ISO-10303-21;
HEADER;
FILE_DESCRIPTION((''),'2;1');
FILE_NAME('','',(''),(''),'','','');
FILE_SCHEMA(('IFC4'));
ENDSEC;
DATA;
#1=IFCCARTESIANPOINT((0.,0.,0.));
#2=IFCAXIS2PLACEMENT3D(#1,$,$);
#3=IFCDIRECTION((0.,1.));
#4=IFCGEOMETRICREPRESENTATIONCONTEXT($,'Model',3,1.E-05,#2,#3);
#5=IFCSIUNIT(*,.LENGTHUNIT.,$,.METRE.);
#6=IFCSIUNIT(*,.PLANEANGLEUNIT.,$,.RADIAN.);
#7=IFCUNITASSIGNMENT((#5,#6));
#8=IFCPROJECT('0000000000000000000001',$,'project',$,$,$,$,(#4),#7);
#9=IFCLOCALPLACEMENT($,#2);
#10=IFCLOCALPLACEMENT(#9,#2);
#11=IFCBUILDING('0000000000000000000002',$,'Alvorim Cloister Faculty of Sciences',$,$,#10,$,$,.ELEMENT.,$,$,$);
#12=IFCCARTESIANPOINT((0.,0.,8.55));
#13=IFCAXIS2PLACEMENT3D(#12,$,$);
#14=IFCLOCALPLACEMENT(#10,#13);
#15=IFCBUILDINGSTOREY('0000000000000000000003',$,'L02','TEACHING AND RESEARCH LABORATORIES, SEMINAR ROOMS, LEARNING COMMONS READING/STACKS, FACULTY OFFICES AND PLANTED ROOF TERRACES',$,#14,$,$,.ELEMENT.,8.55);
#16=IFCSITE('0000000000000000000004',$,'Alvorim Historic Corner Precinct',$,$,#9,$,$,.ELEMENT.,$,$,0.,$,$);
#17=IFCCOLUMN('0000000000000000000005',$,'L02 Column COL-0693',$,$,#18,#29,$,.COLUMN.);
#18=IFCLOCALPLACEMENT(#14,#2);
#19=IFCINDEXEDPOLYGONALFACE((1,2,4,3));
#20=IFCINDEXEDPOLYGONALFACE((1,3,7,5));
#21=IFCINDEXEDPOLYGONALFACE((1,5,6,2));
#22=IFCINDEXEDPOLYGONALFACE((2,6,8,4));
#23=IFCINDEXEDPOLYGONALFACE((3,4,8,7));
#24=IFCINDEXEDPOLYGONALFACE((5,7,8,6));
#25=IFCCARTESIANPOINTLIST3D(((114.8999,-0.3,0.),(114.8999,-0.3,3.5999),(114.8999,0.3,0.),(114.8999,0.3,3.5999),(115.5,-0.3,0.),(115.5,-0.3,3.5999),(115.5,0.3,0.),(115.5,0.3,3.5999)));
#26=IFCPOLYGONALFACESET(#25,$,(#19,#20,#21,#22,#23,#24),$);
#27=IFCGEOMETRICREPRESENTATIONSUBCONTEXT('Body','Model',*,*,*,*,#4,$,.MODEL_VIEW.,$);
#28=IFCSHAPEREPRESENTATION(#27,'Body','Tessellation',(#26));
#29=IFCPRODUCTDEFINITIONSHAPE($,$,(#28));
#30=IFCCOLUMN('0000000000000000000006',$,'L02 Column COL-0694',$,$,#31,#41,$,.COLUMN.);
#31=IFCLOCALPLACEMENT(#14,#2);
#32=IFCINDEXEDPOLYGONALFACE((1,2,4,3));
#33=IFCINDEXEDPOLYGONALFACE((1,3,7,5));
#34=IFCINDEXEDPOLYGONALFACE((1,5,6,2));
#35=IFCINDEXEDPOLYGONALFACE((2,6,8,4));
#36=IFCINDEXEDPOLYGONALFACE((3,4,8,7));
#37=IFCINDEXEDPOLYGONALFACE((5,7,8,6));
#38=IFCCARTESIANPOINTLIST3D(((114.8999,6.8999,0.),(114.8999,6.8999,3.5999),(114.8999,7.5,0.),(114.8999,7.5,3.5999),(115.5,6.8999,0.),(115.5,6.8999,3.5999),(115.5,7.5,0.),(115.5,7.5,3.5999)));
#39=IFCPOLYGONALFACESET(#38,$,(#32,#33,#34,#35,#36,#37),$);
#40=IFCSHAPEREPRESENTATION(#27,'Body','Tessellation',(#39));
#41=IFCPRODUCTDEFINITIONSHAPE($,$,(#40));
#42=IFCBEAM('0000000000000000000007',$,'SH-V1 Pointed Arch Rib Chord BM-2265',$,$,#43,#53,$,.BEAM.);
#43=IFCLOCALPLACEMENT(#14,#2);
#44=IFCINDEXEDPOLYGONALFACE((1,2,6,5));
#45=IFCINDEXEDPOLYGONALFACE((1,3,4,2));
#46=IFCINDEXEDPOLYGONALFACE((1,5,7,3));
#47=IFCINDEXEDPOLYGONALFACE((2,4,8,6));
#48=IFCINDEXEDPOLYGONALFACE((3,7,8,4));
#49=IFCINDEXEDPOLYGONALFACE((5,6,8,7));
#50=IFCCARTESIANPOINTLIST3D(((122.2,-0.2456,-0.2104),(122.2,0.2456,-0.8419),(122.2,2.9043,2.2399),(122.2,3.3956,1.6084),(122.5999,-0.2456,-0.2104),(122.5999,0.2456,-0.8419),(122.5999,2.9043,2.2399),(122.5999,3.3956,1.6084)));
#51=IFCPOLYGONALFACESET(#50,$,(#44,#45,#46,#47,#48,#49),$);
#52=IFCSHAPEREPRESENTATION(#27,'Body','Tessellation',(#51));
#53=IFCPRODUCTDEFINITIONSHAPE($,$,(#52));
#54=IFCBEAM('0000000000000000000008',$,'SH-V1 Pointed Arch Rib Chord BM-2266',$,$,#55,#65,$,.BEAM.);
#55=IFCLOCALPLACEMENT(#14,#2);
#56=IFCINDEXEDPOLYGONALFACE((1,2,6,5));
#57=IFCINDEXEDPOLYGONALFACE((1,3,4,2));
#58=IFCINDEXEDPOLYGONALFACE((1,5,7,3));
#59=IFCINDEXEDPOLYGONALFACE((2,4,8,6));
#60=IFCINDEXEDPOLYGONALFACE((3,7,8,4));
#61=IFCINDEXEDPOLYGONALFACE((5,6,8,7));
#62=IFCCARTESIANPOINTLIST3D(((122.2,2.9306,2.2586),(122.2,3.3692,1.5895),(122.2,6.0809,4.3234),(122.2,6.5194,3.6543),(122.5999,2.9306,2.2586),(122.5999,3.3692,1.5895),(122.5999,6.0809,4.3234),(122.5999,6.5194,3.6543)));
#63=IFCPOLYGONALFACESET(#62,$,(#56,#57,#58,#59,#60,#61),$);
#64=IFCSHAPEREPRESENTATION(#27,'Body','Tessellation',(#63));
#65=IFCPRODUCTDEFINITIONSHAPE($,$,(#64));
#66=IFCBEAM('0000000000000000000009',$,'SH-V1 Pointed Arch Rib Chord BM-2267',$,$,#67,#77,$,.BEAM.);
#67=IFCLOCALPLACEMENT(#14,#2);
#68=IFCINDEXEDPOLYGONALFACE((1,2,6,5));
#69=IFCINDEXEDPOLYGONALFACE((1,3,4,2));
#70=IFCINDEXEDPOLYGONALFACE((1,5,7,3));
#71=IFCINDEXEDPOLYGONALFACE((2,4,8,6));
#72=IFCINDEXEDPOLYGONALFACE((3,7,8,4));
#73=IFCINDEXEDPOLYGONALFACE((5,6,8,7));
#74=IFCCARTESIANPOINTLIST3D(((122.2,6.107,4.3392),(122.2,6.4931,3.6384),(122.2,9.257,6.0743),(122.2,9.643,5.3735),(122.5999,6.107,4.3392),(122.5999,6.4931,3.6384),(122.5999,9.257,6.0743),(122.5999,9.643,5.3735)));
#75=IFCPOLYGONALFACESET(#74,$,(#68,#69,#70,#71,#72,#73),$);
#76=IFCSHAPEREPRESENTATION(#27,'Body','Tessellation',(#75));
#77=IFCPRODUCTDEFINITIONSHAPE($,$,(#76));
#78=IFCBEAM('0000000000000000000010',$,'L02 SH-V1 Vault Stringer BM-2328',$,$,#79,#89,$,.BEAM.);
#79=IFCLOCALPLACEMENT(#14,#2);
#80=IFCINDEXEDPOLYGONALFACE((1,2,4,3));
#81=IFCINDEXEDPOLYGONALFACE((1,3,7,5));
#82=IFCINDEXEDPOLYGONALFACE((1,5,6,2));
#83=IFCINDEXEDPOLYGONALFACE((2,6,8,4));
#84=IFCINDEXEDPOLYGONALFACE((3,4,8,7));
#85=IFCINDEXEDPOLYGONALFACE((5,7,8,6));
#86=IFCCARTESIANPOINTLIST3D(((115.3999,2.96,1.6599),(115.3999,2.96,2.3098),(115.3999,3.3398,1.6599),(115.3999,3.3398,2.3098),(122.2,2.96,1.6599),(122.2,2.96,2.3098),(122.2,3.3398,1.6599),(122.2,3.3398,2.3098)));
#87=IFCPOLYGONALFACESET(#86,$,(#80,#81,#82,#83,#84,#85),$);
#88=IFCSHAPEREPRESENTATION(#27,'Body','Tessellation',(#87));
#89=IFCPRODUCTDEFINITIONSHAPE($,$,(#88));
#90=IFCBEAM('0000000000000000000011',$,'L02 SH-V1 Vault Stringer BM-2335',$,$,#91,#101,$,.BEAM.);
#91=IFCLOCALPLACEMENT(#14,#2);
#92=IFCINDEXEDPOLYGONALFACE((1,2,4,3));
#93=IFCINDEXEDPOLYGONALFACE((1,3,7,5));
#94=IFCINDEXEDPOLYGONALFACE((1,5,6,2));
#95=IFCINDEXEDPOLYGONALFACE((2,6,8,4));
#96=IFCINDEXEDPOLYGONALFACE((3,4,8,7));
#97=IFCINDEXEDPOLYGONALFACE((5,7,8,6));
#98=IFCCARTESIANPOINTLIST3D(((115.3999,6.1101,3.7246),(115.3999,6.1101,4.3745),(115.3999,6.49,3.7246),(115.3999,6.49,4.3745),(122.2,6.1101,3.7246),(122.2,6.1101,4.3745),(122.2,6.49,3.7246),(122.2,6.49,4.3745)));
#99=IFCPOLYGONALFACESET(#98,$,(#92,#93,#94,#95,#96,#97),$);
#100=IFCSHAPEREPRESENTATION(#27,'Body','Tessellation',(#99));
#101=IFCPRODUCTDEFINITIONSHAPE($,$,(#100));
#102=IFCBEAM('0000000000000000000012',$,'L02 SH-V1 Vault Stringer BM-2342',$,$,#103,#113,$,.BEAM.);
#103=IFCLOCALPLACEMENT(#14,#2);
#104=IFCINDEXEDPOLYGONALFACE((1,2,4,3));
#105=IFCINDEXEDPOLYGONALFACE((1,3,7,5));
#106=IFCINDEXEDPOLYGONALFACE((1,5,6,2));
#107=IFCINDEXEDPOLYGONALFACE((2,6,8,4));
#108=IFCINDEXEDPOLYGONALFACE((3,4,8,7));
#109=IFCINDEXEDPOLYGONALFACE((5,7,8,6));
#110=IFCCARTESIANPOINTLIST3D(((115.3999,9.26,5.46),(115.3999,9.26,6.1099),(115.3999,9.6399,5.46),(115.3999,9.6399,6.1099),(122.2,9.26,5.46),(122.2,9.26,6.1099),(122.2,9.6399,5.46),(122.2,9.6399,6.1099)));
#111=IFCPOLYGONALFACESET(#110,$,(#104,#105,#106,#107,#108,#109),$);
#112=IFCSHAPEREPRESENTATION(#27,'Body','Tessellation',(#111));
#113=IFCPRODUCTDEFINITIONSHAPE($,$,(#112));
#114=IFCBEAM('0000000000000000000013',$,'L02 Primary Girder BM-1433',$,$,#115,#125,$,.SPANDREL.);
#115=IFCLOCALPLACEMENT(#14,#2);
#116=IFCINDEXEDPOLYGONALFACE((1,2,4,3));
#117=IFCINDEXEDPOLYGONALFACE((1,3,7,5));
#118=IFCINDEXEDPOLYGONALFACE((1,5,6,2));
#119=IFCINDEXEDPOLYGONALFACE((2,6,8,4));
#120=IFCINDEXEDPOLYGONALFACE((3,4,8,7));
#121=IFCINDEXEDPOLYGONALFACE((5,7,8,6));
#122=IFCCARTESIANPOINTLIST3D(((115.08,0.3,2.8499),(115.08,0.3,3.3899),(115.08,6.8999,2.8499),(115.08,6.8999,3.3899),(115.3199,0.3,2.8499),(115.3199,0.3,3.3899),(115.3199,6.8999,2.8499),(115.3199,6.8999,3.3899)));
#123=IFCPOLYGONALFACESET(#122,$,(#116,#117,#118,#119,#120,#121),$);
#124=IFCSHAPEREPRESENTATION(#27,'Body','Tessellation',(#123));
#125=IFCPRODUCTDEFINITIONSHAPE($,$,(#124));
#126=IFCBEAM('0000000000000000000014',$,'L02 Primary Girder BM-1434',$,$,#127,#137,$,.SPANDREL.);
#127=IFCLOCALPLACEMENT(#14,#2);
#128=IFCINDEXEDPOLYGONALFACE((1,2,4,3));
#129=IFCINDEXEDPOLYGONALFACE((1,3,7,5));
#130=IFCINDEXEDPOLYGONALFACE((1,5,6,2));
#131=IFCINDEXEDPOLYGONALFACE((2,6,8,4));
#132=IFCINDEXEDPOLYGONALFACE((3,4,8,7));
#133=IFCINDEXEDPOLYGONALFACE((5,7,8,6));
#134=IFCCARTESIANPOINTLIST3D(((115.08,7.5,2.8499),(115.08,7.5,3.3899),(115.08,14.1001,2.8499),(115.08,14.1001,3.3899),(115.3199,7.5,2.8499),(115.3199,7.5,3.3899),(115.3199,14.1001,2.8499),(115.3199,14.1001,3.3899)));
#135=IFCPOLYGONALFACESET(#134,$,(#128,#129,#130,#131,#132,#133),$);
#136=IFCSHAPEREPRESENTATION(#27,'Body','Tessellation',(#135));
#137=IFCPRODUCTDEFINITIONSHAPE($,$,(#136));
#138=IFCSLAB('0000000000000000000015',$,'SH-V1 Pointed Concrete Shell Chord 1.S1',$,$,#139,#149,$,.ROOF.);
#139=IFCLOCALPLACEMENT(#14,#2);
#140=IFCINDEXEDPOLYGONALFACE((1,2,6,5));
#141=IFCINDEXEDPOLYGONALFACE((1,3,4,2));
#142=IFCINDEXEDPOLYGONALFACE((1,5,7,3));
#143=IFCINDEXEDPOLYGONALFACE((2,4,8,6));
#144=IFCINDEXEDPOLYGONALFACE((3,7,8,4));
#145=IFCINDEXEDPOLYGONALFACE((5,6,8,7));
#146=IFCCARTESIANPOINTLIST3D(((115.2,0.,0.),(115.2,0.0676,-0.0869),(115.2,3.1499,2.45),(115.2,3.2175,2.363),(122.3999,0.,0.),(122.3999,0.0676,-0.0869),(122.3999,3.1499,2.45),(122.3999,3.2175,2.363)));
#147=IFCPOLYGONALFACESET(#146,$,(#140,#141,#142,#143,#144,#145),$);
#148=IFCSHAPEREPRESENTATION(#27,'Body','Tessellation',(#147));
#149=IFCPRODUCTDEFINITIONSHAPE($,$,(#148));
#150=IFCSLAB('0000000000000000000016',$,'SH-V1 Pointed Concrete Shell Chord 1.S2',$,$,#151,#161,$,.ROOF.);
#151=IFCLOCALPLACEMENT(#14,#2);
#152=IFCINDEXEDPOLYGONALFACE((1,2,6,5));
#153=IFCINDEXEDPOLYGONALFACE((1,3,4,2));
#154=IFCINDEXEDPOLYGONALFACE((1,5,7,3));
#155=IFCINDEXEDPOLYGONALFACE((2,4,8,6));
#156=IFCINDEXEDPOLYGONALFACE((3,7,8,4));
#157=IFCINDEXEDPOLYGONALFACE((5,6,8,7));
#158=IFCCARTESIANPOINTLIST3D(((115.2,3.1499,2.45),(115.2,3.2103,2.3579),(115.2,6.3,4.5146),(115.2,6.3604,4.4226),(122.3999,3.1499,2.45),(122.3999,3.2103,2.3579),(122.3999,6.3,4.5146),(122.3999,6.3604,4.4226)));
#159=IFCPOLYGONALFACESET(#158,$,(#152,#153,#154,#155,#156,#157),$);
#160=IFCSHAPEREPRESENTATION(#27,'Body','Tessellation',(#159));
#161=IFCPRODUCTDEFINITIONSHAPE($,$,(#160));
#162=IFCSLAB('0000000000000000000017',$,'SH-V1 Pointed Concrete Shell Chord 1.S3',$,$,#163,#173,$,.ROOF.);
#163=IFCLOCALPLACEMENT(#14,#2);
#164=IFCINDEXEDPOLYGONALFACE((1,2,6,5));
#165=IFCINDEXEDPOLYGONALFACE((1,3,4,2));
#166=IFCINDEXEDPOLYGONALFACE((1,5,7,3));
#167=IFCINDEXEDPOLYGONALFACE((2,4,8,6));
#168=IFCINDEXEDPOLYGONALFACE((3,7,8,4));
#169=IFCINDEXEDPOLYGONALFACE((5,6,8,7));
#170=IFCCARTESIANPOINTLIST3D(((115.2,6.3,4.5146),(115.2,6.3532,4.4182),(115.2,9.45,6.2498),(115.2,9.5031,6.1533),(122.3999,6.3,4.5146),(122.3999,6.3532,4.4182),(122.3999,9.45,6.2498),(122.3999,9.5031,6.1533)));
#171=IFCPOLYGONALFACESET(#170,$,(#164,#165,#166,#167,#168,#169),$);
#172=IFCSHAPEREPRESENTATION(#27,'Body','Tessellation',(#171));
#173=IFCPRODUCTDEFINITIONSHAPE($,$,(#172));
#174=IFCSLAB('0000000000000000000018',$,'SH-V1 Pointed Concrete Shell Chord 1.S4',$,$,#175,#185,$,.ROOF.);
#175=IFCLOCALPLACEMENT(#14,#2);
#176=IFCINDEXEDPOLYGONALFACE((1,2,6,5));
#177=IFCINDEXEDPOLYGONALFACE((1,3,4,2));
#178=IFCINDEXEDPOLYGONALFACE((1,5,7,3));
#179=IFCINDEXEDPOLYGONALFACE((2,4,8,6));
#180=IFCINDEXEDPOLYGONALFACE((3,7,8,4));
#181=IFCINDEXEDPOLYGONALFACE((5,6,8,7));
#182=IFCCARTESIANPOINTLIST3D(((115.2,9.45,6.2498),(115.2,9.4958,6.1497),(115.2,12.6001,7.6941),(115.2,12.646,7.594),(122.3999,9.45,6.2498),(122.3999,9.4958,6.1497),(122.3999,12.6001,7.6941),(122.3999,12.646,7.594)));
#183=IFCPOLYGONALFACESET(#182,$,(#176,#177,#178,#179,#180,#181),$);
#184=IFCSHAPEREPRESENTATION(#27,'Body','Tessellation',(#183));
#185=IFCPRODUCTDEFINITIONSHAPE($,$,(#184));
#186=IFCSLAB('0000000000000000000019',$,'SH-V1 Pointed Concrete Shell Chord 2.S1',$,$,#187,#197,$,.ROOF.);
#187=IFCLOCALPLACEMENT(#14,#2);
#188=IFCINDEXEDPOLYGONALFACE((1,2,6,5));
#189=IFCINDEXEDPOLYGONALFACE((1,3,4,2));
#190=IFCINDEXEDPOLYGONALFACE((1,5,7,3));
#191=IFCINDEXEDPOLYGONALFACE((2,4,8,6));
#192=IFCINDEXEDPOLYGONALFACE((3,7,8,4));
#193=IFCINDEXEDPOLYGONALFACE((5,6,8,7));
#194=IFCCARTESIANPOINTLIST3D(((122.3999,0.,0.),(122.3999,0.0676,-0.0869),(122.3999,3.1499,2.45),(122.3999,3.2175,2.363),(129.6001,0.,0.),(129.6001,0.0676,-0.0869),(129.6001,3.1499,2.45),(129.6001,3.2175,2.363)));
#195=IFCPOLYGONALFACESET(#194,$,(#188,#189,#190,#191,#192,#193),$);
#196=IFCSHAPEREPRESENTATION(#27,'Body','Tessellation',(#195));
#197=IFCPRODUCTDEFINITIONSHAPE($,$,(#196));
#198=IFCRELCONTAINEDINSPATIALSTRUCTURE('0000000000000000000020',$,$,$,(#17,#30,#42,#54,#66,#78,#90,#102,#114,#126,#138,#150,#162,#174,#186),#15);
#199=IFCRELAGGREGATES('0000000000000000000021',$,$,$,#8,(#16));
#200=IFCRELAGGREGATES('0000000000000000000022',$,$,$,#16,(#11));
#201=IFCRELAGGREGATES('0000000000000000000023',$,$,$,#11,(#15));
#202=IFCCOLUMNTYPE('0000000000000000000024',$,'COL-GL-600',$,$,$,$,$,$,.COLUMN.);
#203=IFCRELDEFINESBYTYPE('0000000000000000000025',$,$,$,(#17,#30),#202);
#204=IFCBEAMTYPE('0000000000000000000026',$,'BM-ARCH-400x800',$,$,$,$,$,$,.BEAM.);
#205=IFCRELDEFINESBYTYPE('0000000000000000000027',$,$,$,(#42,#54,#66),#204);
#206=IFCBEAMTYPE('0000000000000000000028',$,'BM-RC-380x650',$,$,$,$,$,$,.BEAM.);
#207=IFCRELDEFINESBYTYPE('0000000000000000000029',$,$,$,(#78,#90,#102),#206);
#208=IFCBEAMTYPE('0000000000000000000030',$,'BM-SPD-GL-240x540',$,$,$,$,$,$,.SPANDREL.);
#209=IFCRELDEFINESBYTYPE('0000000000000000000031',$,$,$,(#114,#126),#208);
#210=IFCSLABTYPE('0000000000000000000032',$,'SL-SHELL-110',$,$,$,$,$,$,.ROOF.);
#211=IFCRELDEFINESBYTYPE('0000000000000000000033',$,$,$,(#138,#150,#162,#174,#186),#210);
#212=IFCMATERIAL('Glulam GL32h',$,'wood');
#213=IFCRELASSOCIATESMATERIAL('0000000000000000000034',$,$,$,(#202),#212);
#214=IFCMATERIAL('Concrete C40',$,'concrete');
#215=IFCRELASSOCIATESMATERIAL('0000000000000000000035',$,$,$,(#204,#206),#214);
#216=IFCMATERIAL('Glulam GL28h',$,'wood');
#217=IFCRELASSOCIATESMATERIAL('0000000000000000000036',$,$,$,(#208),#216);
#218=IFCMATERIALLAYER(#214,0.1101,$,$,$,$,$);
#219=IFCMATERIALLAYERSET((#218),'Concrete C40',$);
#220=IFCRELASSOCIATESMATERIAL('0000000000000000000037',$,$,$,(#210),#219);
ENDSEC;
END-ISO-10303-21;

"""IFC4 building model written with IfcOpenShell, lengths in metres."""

from ifc_helpers import new_model, si_unit, direction, frame, origin, origin_2d, place, context, subcontext, project, spatial, polyline, rectangle, outline, extrude, material, layer, layer_set, material_profile, profile_set, type_object, element, save


model = new_model("IFC4")

# Units and contexts
model_context = context("Model", 3, precision=1e-05, world=origin(), true_north=direction((0.0, 1.0)))
body_context = subcontext(model_context, "Body", "Model", "MODEL_VIEW")
ifc_project = project(units=[si_unit("LENGTHUNIT", "METRE"), si_unit("PLANEANGLEUNIT", "RADIAN")], contexts=[model_context])

# Site, building, storey
site_placement = place(None, origin())
site = spatial("IfcSite", under=ifc_project, at=site_placement, Name="Alvorim Historic Corner Precinct", CompositionType="ELEMENT", RefElevation=0.0)
building_placement = place(site_placement, origin())
building = spatial("IfcBuilding", under=site, at=building_placement, Name="Alvorim Cloister Faculty of Sciences", CompositionType="ELEMENT")
storey_placement = place(building_placement, frame((0.0, 0.0, 8.55)))
storey = spatial("IfcBuildingStorey", under=building, at=storey_placement, Name="L02", Description="TEACHING AND RESEARCH LABORATORIES, SEMINAR ROOMS, LEARNING COMMONS READING/STACKS, FACULTY OFFICES AND PLANTED ROOF TERRACES", CompositionType="ELEMENT", Elevation=8.55)

# Columns
ifc_material_1 = material(Name="Glulam GL32h", Category="wood")
ifc_material_profile_1 = material_profile(ifc_material_1, rectangle(XDim=0.6001, YDim=0.6001, at=origin_2d()), Name="GL32-COL-600x600")
ifc_profile_set_1 = profile_set([ifc_material_profile_1], Name="Glulam GL32h")
column_type = type_object("IfcColumnType", Name="COL-GL-600", PredefinedType="COLUMN", material=ifc_profile_set_1)
for number, where, z_axis, x_axis, name in (
    (1, (115.2, 0.0, 0.0), (0.0, 0.0, 1.0), (1.0, 0.0, 0.0), "L02 Column COL-0693"),
    (2, (115.2, 7.2, 0.0), (0.0, 0.0, 1.0), (1.0, 0.0, 0.0), "L02 Column COL-0694"),
):
    element("IfcColumn", number, at=place(storey_placement, frame(where, z_axis=z_axis, x_axis=x_axis)), inside=storey, type_object=column_type, Name=name, PredefinedType="COLUMN", context=body_context, shape_type="SweptSolid", body=[
        extrude(rectangle(XDim=0.6001, YDim=0.6001, at=origin_2d()), origin(), (0.0, 0.0, 1.0), 3.5999),
    ])

# Beams
ifc_material_2 = material(Name="Concrete C40", Category="concrete")
ifc_material_profile_2 = material_profile(ifc_material_2, rectangle(XDim=0.3999, YDim=0.8, at=origin_2d()), Name="RC40-ARCH-400x800")
ifc_profile_set_2 = profile_set([ifc_material_profile_2], Name="Concrete C40")
beam_type_1 = type_object("IfcBeamType", Name="BM-ARCH-400x800", PredefinedType="BEAM", material=ifc_profile_set_2)
beam_1_placement = place(storey_placement, frame((122.3999, 0.0, -0.5261), z_axis=(0.0, 0.789319, 0.613983), x_axis=(-1.0, 0.0, 0.0)))
element("IfcBeam", 3, at=beam_1_placement, inside=storey, type_object=beam_type_1, Name="SH-V1 Pointed Arch Rib Chord BM-2265", PredefinedType="BEAM", context=body_context, shape_type="SweptSolid", body=[
    extrude(rectangle(XDim=0.3999, YDim=0.8, at=origin_2d()), origin(), (0.0, 0.0, 1.0), 3.9907),
])
beam_2_placement = place(storey_placement, frame((122.3999, 3.1499, 1.9241), z_axis=(0.0, 0.836363, 0.548176), x_axis=(-1.0, 0.0, 0.0)))
element("IfcBeam", 4, at=beam_2_placement, inside=storey, type_object=beam_type_1, Name="SH-V1 Pointed Arch Rib Chord BM-2266", PredefinedType="BEAM", context=body_context, shape_type="SweptSolid", body=[
    extrude(rectangle(XDim=0.3999, YDim=0.8, at=origin_2d()), origin(), (0.0, 0.0, 1.0), 3.7666),
])
beam_3_placement = place(storey_placement, frame((122.3999, 6.3, 3.9888), z_axis=(0.0, 0.875903, 0.482487), x_axis=(-1.0, 0.0, 0.0)))
element("IfcBeam", 5, at=beam_3_placement, inside=storey, type_object=beam_type_1, Name="SH-V1 Pointed Arch Rib Chord BM-2267", PredefinedType="BEAM", context=body_context, shape_type="SweptSolid", body=[
    extrude(rectangle(XDim=0.3999, YDim=0.8, at=origin_2d()), origin(), (0.0, 0.0, 1.0), 3.5962),
])
ifc_material_profile_3 = material_profile(ifc_material_2, rectangle(XDim=0.3799, YDim=0.6499, at=origin_2d()), Name="RC40-BM-380x650")
ifc_profile_set_3 = profile_set([ifc_material_profile_3], Name="Concrete C40")
beam_type_2 = type_object("IfcBeamType", Name="BM-RC-380x650", PredefinedType="BEAM", material=ifc_profile_set_3)
for number, where, z_axis, x_axis, name in (
    (6, (115.3999, 3.1499, 1.9849), (1.0, 0.0, 0.0), (0.0, 1.0, 0.0), "L02 SH-V1 Vault Stringer BM-2328"),
    (7, (115.3999, 6.3, 4.0496), (1.0, 0.0, 0.0), (0.0, 1.0, 0.0), "L02 SH-V1 Vault Stringer BM-2335"),
    (8, (115.3999, 9.45, 5.7849), (1.0, 0.0, 0.0), (0.0, 1.0, 0.0), "L02 SH-V1 Vault Stringer BM-2342"),
):
    element("IfcBeam", number, at=place(storey_placement, frame(where, z_axis=z_axis, x_axis=x_axis)), inside=storey, type_object=beam_type_2, Name=name, PredefinedType="BEAM", context=body_context, shape_type="SweptSolid", body=[
        extrude(rectangle(XDim=0.3799, YDim=0.6499, at=origin_2d()), origin(), (0.0, 0.0, 1.0), 6.8),
    ])
ifc_material_3 = material(Name="Glulam GL28h", Category="wood")
ifc_material_profile_4 = material_profile(ifc_material_3, rectangle(XDim=0.24, YDim=0.54, at=origin_2d()), Name="GL28-SPD-240x540")
ifc_profile_set_4 = profile_set([ifc_material_profile_4], Name="Glulam GL28h")
beam_type_3 = type_object("IfcBeamType", Name="BM-SPD-GL-240x540", PredefinedType="SPANDREL", material=ifc_profile_set_4)
beam_4_placement = place(storey_placement, frame((115.2, 0.3, 3.1199), z_axis=(0.0, 1.0, 0.0), x_axis=(-1.0, 0.0, 0.0)))
element("IfcBeam", 9, at=beam_4_placement, inside=storey, type_object=beam_type_3, Name="L02 Primary Girder BM-1433", PredefinedType="SPANDREL", context=body_context, shape_type="SweptSolid", body=[
    extrude(rectangle(XDim=0.24, YDim=0.54, at=origin_2d()), origin(), (0.0, 0.0, 1.0), 6.5999),
])
beam_5_placement = place(storey_placement, frame((115.2, 7.5, 3.1199), z_axis=(0.0, 1.0, 0.0), x_axis=(-1.0, 0.0, 0.0)))
element("IfcBeam", 10, at=beam_5_placement, inside=storey, type_object=beam_type_3, Name="L02 Primary Girder BM-1434", PredefinedType="SPANDREL", context=body_context, shape_type="SweptSolid", body=[
    extrude(rectangle(XDim=0.24, YDim=0.54, at=origin_2d()), origin(), (0.0, 0.0, 1.0), 6.6001),
])

# Slabs
ifc_layer_1 = layer(ifc_material_2, 0.1101)
ifc_layer_set_1 = layer_set([ifc_layer_1], Name="Concrete C40")
slab_type = type_object("IfcSlabType", Name="SL-SHELL-110", PredefinedType="ROOF", material=ifc_layer_set_1)
slab_1_placement = place(storey_placement, frame((115.2, 0.0, 0.0), z_axis=(0.0, -0.613945, 0.789349), x_axis=(1.0, 0.0, 0.0)))
element("IfcSlab", 11, at=slab_1_placement, inside=storey, type_object=slab_type, Name="SH-V1 Pointed Concrete Shell Chord 1.S1", PredefinedType="ROOF", context=body_context, shape_type="SweptSolid", body=[
    extrude(outline(polyline([(0.0, 0.0), (7.2, 0.0), (7.2, 3.9905), (0.0, 3.9905), (0.0, 0.0)])), origin(), (0.0, 0.0, -1.0), 0.1101),
])
slab_2_placement = place(storey_placement, frame((115.2, 3.1499, 2.45), z_axis=(0.0, -0.548176, 0.836363), x_axis=(1.0, 0.0, 0.0)))
element("IfcSlab", 12, at=slab_2_placement, inside=storey, type_object=slab_type, Name="SH-V1 Pointed Concrete Shell Chord 1.S2", PredefinedType="ROOF", context=body_context, shape_type="SweptSolid", body=[
    extrude(outline(polyline([(0.0, 0.0), (7.2, 0.0), (7.2, 3.7665), (0.0, 3.7665), (0.0, 0.0)])), origin(), (0.0, 0.0, -1.0), 0.1101),
])
slab_3_placement = place(storey_placement, frame((115.2, 6.3, 4.5146), z_axis=(0.0, -0.482487, 0.875903), x_axis=(1.0, 0.0, 0.0)))
element("IfcSlab", 13, at=slab_3_placement, inside=storey, type_object=slab_type, Name="SH-V1 Pointed Concrete Shell Chord 1.S3", PredefinedType="ROOF", context=body_context, shape_type="SweptSolid", body=[
    extrude(outline(polyline([(0.0, 0.0), (7.2, 0.0), (7.2, 3.5962), (0.0, 3.5962), (0.0, 0.0)])), origin(), (0.0, 0.0, -1.0), 0.1101),
])
slab_4_placement = place(storey_placement, frame((115.2, 9.45, 6.2498), z_axis=(0.0, -0.416778, 0.909008), x_axis=(1.0, 0.0, 0.0)))
element("IfcSlab", 14, at=slab_4_placement, inside=storey, type_object=slab_type, Name="SH-V1 Pointed Concrete Shell Chord 1.S4", PredefinedType="ROOF", context=body_context, shape_type="SweptSolid", body=[
    extrude(outline(polyline([(0.0, 0.0), (7.2, 0.0), (7.2, 3.4655), (0.0, 3.4655), (0.0, 0.0)])), origin(), (0.0, 0.0, -1.0), 0.1101),
])
slab_5_placement = place(storey_placement, frame((122.3999, 0.0, 0.0), z_axis=(0.0, -0.613945, 0.789349), x_axis=(1.0, 0.0, 0.0)))
element("IfcSlab", 15, at=slab_5_placement, inside=storey, type_object=slab_type, Name="SH-V1 Pointed Concrete Shell Chord 2.S1", PredefinedType="ROOF", context=body_context, shape_type="SweptSolid", body=[
    extrude(outline(polyline([(0.0, 0.0), (7.2002, 0.0), (7.2002, 3.9905), (0.0, 3.9905), (0.0, 0.0)])), origin(), (0.0, 0.0, -1.0), 0.1101),
])

save(model, "model.ifc")
